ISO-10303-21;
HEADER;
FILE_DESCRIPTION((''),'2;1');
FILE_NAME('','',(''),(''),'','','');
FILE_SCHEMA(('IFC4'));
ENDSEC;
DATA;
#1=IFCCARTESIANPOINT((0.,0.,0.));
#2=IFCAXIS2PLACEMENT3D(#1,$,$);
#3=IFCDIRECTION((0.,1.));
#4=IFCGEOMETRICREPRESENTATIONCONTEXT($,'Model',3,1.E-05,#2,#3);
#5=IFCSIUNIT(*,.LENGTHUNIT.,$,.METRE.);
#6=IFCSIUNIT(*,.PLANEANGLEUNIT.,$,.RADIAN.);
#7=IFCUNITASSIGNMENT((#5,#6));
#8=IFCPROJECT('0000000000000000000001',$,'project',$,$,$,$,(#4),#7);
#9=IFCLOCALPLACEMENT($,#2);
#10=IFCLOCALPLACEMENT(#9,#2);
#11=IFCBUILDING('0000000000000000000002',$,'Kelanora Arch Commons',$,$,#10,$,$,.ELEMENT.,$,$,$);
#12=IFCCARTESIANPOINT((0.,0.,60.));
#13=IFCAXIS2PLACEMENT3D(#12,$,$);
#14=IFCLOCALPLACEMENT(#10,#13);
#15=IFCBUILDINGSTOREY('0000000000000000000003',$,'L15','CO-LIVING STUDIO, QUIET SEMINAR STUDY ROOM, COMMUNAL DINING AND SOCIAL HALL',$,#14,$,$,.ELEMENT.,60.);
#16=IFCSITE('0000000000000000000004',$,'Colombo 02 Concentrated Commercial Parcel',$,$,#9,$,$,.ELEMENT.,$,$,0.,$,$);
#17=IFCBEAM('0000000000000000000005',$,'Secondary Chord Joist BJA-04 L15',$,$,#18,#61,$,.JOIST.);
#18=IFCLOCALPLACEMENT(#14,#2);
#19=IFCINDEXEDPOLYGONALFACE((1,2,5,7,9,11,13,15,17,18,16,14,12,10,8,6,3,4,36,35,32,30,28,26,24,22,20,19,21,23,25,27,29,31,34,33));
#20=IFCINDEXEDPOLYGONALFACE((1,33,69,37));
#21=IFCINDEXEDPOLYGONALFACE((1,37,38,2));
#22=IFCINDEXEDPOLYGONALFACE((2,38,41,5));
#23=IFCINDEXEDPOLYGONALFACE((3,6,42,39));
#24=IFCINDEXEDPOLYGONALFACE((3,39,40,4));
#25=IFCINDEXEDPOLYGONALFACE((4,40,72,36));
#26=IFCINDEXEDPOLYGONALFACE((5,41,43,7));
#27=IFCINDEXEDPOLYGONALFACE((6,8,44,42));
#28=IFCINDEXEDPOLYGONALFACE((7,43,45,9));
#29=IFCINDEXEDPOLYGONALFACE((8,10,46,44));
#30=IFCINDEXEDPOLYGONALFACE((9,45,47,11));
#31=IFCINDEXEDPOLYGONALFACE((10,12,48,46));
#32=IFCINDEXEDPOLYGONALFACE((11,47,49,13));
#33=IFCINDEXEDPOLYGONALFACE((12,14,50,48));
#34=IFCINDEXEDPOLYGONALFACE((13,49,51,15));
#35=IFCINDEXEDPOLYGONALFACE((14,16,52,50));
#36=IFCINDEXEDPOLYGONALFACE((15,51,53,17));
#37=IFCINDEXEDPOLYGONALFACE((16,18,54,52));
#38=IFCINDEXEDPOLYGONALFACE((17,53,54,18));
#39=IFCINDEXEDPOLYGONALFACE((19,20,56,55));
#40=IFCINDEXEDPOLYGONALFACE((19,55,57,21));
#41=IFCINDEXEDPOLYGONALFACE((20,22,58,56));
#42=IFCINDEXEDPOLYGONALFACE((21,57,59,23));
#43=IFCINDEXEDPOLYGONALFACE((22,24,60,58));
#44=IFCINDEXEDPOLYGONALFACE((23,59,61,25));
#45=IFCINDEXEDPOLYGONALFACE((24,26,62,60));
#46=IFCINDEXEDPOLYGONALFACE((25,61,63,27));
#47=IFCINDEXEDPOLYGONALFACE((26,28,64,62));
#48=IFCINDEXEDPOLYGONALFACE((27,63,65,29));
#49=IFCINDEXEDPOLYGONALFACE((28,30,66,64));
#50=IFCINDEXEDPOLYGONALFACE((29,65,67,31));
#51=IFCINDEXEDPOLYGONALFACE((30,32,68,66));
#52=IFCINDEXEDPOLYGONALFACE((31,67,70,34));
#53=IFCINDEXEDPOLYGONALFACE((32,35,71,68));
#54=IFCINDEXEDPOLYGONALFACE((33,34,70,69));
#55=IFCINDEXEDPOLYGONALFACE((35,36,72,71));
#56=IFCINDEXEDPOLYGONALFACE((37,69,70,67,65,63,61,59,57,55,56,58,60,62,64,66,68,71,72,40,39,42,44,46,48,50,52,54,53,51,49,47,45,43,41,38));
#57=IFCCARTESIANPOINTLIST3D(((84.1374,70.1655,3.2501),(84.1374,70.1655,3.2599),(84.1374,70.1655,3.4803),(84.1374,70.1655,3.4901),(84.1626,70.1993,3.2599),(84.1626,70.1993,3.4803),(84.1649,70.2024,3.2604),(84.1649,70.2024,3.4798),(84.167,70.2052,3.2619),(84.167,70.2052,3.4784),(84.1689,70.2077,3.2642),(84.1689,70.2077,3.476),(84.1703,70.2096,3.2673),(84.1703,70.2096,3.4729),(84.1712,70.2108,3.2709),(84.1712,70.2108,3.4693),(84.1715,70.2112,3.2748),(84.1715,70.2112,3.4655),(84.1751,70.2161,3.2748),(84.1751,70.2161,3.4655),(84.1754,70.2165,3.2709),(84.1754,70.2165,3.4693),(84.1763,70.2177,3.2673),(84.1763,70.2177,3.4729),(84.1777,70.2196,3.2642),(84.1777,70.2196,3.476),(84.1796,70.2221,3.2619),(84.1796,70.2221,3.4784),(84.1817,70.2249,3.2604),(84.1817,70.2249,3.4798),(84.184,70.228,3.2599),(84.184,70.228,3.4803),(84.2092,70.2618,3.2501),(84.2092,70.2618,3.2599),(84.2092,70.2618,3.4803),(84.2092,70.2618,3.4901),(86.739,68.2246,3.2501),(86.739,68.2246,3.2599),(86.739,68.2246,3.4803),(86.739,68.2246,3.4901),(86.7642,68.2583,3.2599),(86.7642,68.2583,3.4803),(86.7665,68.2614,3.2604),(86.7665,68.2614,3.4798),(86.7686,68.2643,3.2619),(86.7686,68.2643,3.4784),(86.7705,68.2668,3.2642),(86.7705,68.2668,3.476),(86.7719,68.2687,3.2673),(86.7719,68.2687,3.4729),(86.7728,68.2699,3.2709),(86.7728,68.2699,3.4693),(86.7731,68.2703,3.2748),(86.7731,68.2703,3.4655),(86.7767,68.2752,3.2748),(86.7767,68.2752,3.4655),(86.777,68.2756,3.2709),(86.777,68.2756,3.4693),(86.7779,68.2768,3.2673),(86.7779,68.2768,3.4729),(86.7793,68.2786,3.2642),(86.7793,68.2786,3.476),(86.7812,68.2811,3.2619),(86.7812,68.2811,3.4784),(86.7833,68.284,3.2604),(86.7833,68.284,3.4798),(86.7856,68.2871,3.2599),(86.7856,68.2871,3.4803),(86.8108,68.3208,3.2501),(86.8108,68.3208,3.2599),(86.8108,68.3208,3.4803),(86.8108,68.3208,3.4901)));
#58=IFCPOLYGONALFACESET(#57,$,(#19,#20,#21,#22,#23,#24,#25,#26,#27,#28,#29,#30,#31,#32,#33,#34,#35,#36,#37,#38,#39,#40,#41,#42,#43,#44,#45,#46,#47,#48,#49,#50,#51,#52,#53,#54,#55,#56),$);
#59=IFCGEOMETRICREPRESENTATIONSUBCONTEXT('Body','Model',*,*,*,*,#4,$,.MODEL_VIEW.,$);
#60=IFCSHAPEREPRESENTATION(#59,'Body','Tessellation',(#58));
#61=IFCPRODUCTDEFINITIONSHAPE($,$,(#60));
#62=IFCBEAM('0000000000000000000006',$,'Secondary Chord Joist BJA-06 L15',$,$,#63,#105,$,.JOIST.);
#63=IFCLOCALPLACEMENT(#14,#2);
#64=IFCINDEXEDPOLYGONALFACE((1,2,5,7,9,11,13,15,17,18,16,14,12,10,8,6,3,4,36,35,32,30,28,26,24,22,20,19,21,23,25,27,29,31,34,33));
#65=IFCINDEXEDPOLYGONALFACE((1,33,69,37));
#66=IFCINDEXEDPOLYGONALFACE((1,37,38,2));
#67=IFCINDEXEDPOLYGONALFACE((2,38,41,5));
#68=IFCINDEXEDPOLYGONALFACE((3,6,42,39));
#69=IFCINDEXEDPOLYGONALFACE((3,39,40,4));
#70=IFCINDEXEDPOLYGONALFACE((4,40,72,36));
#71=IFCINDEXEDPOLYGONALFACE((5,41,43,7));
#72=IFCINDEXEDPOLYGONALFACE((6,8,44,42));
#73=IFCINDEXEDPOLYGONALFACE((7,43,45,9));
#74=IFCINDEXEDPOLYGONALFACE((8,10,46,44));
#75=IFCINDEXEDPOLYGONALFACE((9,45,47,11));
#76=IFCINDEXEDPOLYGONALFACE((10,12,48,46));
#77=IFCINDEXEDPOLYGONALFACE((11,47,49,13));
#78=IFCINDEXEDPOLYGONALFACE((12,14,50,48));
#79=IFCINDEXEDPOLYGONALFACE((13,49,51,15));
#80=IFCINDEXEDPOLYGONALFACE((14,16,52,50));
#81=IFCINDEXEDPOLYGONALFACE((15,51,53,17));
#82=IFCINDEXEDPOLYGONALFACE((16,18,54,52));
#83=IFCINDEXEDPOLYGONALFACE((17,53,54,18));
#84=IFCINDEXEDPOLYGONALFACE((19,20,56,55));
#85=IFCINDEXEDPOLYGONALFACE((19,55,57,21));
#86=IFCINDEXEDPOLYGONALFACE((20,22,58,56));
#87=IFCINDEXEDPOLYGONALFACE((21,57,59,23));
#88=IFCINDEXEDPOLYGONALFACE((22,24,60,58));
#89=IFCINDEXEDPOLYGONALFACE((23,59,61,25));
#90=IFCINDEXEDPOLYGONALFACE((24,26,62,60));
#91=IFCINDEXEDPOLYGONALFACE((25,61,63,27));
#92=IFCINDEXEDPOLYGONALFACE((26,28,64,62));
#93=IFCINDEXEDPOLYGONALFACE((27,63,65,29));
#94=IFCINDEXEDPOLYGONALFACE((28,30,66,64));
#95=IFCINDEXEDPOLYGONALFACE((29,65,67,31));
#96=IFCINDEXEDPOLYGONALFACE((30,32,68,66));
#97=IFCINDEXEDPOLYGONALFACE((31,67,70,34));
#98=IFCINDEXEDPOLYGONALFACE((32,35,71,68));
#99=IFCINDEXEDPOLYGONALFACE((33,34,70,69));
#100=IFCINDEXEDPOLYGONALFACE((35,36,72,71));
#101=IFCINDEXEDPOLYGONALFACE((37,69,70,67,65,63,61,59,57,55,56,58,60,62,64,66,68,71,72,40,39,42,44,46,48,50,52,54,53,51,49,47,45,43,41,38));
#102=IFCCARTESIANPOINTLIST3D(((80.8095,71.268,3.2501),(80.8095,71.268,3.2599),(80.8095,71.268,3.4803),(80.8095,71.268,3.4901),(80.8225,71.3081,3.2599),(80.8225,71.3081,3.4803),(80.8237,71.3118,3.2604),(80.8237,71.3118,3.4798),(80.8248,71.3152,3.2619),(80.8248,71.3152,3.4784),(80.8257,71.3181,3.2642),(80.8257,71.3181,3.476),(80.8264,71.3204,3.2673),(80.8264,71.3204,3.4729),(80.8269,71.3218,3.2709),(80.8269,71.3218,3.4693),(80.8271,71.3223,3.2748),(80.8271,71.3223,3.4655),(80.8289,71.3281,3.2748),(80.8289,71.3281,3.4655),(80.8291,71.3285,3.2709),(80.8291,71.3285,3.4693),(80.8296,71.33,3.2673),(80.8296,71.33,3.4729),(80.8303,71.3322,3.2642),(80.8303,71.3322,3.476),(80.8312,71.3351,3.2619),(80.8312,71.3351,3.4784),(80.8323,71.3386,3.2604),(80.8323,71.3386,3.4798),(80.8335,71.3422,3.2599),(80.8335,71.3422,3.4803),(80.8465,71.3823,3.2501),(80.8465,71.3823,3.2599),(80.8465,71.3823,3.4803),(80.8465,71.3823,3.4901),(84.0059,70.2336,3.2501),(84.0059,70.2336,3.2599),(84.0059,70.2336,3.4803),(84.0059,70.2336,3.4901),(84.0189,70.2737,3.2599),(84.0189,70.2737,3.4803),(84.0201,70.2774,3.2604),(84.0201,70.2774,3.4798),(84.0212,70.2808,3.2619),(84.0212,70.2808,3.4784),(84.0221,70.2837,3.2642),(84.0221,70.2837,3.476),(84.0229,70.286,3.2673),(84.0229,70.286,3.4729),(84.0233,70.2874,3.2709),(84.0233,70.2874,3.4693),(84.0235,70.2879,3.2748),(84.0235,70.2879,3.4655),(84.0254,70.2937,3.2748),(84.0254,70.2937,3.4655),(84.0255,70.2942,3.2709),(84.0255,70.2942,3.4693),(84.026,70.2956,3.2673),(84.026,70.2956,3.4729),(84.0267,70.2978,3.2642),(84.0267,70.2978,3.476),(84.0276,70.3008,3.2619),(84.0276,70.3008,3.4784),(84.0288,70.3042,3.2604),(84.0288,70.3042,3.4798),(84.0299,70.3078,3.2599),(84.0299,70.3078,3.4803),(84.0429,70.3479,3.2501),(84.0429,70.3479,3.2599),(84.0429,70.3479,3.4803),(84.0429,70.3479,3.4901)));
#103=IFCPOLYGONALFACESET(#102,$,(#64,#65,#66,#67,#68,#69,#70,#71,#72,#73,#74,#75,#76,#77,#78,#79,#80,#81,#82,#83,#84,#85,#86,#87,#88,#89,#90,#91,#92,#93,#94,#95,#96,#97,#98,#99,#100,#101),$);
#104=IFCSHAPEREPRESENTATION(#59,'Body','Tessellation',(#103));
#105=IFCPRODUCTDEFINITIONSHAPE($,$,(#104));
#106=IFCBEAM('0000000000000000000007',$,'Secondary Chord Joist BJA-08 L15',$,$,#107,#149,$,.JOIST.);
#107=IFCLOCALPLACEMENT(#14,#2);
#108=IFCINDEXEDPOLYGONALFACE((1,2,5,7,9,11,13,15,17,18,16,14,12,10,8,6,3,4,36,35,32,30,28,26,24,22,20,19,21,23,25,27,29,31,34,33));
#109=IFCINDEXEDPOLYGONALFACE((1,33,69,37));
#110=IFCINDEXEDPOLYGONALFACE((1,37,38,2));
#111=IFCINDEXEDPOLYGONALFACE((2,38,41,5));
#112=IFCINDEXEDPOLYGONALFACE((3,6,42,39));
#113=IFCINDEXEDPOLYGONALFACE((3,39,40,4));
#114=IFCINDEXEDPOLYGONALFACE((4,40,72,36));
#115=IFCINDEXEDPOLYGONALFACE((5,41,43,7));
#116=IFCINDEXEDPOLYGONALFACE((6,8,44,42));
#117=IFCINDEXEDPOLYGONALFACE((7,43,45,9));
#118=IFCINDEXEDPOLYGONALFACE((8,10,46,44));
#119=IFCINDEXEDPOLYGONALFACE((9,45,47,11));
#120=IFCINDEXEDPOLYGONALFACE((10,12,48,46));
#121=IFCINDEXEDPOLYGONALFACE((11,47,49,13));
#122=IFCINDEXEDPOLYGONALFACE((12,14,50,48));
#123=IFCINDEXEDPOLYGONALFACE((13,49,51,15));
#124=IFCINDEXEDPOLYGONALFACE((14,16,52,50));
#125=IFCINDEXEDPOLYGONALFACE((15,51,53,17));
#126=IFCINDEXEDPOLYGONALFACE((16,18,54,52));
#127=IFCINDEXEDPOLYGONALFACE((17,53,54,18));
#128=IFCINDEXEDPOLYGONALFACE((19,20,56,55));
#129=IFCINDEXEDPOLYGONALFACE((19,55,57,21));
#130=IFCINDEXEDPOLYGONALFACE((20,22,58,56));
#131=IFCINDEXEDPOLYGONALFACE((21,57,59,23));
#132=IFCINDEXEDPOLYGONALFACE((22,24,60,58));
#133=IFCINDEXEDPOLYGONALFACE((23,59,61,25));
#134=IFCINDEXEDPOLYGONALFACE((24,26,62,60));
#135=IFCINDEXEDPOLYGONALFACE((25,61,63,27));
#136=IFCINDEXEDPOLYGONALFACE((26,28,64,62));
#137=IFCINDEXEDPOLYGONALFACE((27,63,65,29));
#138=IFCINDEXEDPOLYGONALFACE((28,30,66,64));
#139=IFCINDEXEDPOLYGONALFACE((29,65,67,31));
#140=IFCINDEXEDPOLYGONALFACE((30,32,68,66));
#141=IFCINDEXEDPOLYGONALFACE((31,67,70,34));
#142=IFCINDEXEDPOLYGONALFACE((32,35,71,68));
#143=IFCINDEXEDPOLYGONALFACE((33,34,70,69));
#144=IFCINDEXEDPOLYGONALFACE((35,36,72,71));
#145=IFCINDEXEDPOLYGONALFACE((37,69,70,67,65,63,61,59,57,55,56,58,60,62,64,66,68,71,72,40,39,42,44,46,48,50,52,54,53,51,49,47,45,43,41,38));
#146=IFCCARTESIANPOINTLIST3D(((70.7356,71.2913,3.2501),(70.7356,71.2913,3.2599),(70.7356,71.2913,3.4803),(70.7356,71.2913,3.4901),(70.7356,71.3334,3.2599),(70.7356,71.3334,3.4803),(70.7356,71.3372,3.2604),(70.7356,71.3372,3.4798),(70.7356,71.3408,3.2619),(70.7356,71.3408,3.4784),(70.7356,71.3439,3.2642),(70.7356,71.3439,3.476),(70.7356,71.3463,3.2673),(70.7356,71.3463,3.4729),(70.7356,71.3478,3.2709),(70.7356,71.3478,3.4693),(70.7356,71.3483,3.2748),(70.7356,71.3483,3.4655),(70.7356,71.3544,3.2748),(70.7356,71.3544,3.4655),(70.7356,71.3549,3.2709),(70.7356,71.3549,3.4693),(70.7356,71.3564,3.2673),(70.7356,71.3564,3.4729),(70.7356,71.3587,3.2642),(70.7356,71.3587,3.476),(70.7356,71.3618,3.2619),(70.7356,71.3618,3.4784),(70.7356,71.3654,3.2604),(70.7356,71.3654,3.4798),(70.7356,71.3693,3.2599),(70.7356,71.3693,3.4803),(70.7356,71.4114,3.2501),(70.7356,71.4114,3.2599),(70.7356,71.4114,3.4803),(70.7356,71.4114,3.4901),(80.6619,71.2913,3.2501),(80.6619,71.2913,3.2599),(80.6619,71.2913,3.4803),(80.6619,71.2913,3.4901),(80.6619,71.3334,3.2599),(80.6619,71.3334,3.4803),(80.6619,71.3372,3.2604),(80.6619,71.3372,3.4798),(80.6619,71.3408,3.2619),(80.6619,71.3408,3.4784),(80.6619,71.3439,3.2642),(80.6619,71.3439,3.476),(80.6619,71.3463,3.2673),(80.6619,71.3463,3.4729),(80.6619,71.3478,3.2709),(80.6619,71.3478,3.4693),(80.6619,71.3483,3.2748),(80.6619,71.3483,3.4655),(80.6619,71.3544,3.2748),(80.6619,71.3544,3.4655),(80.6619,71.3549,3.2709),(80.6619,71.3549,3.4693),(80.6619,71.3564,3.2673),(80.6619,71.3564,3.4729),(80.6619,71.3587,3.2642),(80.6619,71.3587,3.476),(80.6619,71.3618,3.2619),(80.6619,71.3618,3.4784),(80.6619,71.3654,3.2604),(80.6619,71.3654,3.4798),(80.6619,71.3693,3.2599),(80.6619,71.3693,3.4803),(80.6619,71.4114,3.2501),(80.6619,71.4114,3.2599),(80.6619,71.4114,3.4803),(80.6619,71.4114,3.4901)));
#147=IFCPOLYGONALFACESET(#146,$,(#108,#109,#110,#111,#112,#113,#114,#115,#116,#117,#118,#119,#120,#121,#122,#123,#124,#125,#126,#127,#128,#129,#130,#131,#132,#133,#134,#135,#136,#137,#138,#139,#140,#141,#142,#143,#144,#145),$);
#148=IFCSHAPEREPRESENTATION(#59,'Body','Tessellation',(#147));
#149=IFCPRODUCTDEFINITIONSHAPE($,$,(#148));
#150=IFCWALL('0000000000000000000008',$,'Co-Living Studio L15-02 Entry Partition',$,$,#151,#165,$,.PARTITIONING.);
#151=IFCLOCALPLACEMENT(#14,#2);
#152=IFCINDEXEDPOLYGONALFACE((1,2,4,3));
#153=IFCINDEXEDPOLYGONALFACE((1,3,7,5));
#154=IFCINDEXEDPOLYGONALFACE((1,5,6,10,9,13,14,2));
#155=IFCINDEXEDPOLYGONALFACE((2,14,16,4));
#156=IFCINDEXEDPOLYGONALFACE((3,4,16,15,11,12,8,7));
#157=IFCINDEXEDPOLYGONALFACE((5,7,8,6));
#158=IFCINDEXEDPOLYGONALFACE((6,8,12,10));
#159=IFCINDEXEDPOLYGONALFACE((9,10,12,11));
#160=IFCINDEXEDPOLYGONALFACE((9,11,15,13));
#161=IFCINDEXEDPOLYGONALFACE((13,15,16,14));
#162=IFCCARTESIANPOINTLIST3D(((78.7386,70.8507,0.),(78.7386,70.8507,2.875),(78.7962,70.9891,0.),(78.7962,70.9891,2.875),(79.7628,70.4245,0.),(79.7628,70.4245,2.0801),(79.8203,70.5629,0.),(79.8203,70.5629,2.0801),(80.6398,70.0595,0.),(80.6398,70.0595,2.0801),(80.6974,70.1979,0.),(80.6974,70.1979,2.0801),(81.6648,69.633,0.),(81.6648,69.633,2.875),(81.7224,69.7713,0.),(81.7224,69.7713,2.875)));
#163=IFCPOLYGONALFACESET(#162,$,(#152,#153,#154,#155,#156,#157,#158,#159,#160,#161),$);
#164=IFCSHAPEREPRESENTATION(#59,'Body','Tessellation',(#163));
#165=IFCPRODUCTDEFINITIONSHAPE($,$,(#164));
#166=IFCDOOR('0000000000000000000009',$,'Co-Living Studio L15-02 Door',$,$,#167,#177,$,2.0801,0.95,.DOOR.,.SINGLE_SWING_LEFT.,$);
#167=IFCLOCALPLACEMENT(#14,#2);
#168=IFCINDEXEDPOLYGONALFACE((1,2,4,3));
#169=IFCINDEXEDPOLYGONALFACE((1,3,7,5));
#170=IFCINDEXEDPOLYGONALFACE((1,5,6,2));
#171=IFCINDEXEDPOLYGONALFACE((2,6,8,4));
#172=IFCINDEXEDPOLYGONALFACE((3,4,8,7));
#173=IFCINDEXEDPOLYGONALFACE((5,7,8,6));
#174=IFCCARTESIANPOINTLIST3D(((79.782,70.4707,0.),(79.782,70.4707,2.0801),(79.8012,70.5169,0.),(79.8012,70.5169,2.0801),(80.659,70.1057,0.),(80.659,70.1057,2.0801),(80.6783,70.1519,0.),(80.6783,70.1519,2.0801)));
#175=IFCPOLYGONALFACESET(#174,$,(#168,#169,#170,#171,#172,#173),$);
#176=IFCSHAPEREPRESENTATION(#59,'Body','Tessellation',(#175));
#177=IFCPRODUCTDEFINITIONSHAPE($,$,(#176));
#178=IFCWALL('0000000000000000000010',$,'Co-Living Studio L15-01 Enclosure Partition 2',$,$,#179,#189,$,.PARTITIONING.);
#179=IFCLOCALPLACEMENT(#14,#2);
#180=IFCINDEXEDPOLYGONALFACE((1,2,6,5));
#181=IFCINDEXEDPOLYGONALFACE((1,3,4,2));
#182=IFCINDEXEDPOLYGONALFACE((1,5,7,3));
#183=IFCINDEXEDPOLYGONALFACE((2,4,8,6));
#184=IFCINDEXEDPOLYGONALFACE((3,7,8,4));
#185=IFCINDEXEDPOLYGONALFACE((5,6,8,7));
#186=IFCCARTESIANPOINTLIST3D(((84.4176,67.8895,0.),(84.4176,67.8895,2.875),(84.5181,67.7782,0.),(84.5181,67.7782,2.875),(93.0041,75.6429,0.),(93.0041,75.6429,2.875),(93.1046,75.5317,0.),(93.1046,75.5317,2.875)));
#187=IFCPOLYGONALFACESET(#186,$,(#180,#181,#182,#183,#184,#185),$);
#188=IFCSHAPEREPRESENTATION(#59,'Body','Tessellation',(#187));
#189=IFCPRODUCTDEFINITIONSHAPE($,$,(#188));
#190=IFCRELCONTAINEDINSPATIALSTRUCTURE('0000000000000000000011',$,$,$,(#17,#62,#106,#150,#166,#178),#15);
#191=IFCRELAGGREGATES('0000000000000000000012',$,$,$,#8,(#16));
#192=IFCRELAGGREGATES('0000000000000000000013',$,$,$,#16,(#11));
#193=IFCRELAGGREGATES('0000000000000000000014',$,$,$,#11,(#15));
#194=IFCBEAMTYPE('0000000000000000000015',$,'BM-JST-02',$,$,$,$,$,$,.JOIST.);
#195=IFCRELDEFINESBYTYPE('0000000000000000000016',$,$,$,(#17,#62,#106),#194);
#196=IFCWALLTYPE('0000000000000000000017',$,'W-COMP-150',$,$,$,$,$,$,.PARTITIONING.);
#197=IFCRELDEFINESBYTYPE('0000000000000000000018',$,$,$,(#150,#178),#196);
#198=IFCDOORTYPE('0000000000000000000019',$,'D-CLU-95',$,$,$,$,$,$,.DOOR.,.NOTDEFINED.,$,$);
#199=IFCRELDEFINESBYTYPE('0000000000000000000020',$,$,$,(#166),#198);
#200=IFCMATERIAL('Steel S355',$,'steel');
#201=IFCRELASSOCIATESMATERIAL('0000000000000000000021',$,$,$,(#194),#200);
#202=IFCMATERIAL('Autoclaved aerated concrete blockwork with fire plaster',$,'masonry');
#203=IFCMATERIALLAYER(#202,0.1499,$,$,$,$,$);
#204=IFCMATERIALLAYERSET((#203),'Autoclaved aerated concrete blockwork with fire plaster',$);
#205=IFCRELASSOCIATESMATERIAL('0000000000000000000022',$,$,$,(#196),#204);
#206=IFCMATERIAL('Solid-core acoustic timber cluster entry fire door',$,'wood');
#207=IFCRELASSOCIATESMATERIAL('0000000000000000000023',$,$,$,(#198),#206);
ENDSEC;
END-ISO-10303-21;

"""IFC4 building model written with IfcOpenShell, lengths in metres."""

from ifc_helpers import new_model, si_unit, direction, frame, frame_2d, origin, origin_2d, place, context, subcontext, project, spatial, rectangle, i_section, extrude, material, layer, layer_set, material_profile, profile_set, type_object, element, fill, save


model = new_model("IFC4")

# Units and contexts
model_context = context("Model", 3, precision=1e-05, world=origin(), true_north=direction((0.0, 1.0)))
body_context = subcontext(model_context, "Body", "Model", "MODEL_VIEW")
ifc_project = project(units=[si_unit("LENGTHUNIT", "METRE"), si_unit("PLANEANGLEUNIT", "RADIAN")], contexts=[model_context])

# Site, building, storey
site_placement = place(None, origin())
site = spatial("IfcSite", under=ifc_project, at=site_placement, Name="Colombo 02 Concentrated Commercial Parcel", CompositionType="ELEMENT", RefElevation=0.0)
building_placement = place(site_placement, origin())
building = spatial("IfcBuilding", under=site, at=building_placement, Name="Kelanora Arch Commons", CompositionType="ELEMENT")
storey_placement = place(building_placement, frame((0.0, 0.0, 60.0)))
storey = spatial("IfcBuildingStorey", under=building, at=storey_placement, Name="L15", Description="CO-LIVING STUDIO, QUIET SEMINAR STUDY ROOM, COMMUNAL DINING AND SOCIAL HALL", CompositionType="ELEMENT", Elevation=60.0)

# Beams
ifc_material_1 = material(Name="Steel S355", Category="steel")
ifc_material_profile = material_profile(ifc_material_1, i_section(OverallWidth=0.1201, OverallDepth=0.24, WebThickness=0.0061, FlangeThickness=0.0098, FilletRadius=0.0149, at=origin_2d()), Name="IPE240")
ifc_profile_set = profile_set([ifc_material_profile], Name="Steel S355")
beam_type = type_object("IfcBeamType", Name="BM-JST-02", PredefinedType="JOIST", material=ifc_profile_set)
beam_1_placement = place(storey_placement, frame((86.7749, 68.2727, 3.3701), z_axis=(-0.801514, 0.597976, 0.0), x_axis=(-0.597976, -0.801514, 0.0)))
element("IfcBeam", 1, at=beam_1_placement, inside=storey, type_object=beam_type, Name="Secondary Chord Joist BJA-04 L15", PredefinedType="JOIST", context=body_context, shape_type="SweptSolid", body=[
    extrude(i_section(OverallWidth=0.1201, OverallDepth=0.24, WebThickness=0.0061, FlangeThickness=0.0098, FilletRadius=0.0149, at=origin_2d()), origin(), (0.0, 0.0, 1.0), 3.2458),
])
beam_2_placement = place(storey_placement, frame((84.0244, 70.2908, 3.3701), z_axis=(-0.951423, 0.307888, 0.0), x_axis=(-0.307888, -0.951423, 0.0)))
element("IfcBeam", 2, at=beam_2_placement, inside=storey, type_object=beam_type, Name="Secondary Chord Joist BJA-06 L15", PredefinedType="JOIST", context=body_context, shape_type="SweptSolid", body=[
    extrude(i_section(OverallWidth=0.1201, OverallDepth=0.24, WebThickness=0.0061, FlangeThickness=0.0098, FilletRadius=0.0149, at=origin_2d()), origin(), (0.0, 0.0, 1.0), 3.3596),
])
beam_3_placement = place(storey_placement, frame((80.6619, 71.3513, 3.3701), z_axis=(-1.0, 0.0, 0.0), x_axis=(0.0, -1.0, 0.0)))
element("IfcBeam", 3, at=beam_3_placement, inside=storey, type_object=beam_type, Name="Secondary Chord Joist BJA-08 L15", PredefinedType="JOIST", context=body_context, shape_type="SweptSolid", body=[
    extrude(i_section(OverallWidth=0.1201, OverallDepth=0.24, WebThickness=0.0061, FlangeThickness=0.0098, FilletRadius=0.0149, at=origin_2d()), origin(), (0.0, 0.0, 1.0), 9.9263),
])

# Wall, opening, door
ifc_material_2 = material(Name="Autoclaved aerated concrete blockwork with fire plaster", Category="masonry")
ifc_layer_1 = layer(ifc_material_2, 0.1499)
ifc_layer_set_1 = layer_set([ifc_layer_1], Name="Autoclaved aerated concrete blockwork with fire plaster")
wall_type_1 = type_object("IfcWallType", Name="W-COMP-150", PredefinedType="PARTITIONING", material=ifc_layer_set_1)
wall_1_placement = place(storey_placement, frame((81.6936, 69.7021, 0.0), z_axis=(0.0, 0.0, 1.0), x_axis=(-0.923245, 0.384211, 0.0)))
wall_1 = element("IfcWall", 4, at=wall_1_placement, inside=storey, type_object=wall_type_1, Name="Co-Living Studio L15-02 Entry Partition", PredefinedType="PARTITIONING", context=body_context, shape_type="SweptSolid", body=[
    extrude(rectangle(XDim=3.1694, YDim=0.1499, at=frame_2d((1.5847, 0.0))), origin(), (0.0, 0.0, 1.0), 2.875),
])
opening_1_placement = place(wall_1_placement, frame((1.1101, 0.0, 0.0)))
opening_1 = element("IfcOpeningElement", 5, at=opening_1_placement, cuts=wall_1, PredefinedType="OPENING", context=body_context, shape_type="SweptSolid", body=[
    extrude(rectangle(XDim=0.95, YDim=2.0801, at=frame_2d((0.4751, 1.04))), frame((0.0, 0.085, 0.0), z_axis=(0.0, -1.0, 0.0), x_axis=(1.0, 0.0, 0.0)), (0.0, 0.0, 1.0), 0.1699),
])
ifc_material_3 = material(Name="Solid-core acoustic timber cluster entry fire door", Category="wood")
door_type_1 = type_object("IfcDoorType", Name="D-CLU-95", OperationType="NOTDEFINED", PredefinedType="DOOR", material=ifc_material_3)
door_1_placement = place(opening_1_placement, origin())
door_1 = element("IfcDoor", 6, at=door_1_placement, inside=storey, type_object=door_type_1, Name="Co-Living Studio L15-02 Door", OperationType="SINGLE_SWING_LEFT", OverallHeight=2.0801, OverallWidth=0.95, PredefinedType="DOOR", context=body_context, shape_type="SweptSolid", body=[
    extrude(rectangle(XDim=0.95, YDim=2.0801, at=frame_2d((0.4751, 1.04))), frame((0.0, 0.0249, 0.0), z_axis=(0.0, -1.0, 0.0), x_axis=(1.0, 0.0, 0.0)), (0.0, 0.0, 1.0), 0.05),
])
fill(opening_1, door_1)

# Wall
wall_2_placement = place(storey_placement, frame((84.4678, 67.8337, 0.0), z_axis=(0.0, 0.0, 1.0), x_axis=(0.742191, 0.670188, 0.0)))
element("IfcWall", 7, at=wall_2_placement, inside=storey, type_object=wall_type_1, Name="Co-Living Studio L15-01 Enclosure Partition 2", PredefinedType="PARTITIONING", context=body_context, shape_type="SweptSolid", body=[
    extrude(rectangle(XDim=11.5691, YDim=0.1499, at=frame_2d((5.7847, 0.0))), origin(), (0.0, 0.0, 1.0), 2.875),
])

save(model, "model.ifc")
